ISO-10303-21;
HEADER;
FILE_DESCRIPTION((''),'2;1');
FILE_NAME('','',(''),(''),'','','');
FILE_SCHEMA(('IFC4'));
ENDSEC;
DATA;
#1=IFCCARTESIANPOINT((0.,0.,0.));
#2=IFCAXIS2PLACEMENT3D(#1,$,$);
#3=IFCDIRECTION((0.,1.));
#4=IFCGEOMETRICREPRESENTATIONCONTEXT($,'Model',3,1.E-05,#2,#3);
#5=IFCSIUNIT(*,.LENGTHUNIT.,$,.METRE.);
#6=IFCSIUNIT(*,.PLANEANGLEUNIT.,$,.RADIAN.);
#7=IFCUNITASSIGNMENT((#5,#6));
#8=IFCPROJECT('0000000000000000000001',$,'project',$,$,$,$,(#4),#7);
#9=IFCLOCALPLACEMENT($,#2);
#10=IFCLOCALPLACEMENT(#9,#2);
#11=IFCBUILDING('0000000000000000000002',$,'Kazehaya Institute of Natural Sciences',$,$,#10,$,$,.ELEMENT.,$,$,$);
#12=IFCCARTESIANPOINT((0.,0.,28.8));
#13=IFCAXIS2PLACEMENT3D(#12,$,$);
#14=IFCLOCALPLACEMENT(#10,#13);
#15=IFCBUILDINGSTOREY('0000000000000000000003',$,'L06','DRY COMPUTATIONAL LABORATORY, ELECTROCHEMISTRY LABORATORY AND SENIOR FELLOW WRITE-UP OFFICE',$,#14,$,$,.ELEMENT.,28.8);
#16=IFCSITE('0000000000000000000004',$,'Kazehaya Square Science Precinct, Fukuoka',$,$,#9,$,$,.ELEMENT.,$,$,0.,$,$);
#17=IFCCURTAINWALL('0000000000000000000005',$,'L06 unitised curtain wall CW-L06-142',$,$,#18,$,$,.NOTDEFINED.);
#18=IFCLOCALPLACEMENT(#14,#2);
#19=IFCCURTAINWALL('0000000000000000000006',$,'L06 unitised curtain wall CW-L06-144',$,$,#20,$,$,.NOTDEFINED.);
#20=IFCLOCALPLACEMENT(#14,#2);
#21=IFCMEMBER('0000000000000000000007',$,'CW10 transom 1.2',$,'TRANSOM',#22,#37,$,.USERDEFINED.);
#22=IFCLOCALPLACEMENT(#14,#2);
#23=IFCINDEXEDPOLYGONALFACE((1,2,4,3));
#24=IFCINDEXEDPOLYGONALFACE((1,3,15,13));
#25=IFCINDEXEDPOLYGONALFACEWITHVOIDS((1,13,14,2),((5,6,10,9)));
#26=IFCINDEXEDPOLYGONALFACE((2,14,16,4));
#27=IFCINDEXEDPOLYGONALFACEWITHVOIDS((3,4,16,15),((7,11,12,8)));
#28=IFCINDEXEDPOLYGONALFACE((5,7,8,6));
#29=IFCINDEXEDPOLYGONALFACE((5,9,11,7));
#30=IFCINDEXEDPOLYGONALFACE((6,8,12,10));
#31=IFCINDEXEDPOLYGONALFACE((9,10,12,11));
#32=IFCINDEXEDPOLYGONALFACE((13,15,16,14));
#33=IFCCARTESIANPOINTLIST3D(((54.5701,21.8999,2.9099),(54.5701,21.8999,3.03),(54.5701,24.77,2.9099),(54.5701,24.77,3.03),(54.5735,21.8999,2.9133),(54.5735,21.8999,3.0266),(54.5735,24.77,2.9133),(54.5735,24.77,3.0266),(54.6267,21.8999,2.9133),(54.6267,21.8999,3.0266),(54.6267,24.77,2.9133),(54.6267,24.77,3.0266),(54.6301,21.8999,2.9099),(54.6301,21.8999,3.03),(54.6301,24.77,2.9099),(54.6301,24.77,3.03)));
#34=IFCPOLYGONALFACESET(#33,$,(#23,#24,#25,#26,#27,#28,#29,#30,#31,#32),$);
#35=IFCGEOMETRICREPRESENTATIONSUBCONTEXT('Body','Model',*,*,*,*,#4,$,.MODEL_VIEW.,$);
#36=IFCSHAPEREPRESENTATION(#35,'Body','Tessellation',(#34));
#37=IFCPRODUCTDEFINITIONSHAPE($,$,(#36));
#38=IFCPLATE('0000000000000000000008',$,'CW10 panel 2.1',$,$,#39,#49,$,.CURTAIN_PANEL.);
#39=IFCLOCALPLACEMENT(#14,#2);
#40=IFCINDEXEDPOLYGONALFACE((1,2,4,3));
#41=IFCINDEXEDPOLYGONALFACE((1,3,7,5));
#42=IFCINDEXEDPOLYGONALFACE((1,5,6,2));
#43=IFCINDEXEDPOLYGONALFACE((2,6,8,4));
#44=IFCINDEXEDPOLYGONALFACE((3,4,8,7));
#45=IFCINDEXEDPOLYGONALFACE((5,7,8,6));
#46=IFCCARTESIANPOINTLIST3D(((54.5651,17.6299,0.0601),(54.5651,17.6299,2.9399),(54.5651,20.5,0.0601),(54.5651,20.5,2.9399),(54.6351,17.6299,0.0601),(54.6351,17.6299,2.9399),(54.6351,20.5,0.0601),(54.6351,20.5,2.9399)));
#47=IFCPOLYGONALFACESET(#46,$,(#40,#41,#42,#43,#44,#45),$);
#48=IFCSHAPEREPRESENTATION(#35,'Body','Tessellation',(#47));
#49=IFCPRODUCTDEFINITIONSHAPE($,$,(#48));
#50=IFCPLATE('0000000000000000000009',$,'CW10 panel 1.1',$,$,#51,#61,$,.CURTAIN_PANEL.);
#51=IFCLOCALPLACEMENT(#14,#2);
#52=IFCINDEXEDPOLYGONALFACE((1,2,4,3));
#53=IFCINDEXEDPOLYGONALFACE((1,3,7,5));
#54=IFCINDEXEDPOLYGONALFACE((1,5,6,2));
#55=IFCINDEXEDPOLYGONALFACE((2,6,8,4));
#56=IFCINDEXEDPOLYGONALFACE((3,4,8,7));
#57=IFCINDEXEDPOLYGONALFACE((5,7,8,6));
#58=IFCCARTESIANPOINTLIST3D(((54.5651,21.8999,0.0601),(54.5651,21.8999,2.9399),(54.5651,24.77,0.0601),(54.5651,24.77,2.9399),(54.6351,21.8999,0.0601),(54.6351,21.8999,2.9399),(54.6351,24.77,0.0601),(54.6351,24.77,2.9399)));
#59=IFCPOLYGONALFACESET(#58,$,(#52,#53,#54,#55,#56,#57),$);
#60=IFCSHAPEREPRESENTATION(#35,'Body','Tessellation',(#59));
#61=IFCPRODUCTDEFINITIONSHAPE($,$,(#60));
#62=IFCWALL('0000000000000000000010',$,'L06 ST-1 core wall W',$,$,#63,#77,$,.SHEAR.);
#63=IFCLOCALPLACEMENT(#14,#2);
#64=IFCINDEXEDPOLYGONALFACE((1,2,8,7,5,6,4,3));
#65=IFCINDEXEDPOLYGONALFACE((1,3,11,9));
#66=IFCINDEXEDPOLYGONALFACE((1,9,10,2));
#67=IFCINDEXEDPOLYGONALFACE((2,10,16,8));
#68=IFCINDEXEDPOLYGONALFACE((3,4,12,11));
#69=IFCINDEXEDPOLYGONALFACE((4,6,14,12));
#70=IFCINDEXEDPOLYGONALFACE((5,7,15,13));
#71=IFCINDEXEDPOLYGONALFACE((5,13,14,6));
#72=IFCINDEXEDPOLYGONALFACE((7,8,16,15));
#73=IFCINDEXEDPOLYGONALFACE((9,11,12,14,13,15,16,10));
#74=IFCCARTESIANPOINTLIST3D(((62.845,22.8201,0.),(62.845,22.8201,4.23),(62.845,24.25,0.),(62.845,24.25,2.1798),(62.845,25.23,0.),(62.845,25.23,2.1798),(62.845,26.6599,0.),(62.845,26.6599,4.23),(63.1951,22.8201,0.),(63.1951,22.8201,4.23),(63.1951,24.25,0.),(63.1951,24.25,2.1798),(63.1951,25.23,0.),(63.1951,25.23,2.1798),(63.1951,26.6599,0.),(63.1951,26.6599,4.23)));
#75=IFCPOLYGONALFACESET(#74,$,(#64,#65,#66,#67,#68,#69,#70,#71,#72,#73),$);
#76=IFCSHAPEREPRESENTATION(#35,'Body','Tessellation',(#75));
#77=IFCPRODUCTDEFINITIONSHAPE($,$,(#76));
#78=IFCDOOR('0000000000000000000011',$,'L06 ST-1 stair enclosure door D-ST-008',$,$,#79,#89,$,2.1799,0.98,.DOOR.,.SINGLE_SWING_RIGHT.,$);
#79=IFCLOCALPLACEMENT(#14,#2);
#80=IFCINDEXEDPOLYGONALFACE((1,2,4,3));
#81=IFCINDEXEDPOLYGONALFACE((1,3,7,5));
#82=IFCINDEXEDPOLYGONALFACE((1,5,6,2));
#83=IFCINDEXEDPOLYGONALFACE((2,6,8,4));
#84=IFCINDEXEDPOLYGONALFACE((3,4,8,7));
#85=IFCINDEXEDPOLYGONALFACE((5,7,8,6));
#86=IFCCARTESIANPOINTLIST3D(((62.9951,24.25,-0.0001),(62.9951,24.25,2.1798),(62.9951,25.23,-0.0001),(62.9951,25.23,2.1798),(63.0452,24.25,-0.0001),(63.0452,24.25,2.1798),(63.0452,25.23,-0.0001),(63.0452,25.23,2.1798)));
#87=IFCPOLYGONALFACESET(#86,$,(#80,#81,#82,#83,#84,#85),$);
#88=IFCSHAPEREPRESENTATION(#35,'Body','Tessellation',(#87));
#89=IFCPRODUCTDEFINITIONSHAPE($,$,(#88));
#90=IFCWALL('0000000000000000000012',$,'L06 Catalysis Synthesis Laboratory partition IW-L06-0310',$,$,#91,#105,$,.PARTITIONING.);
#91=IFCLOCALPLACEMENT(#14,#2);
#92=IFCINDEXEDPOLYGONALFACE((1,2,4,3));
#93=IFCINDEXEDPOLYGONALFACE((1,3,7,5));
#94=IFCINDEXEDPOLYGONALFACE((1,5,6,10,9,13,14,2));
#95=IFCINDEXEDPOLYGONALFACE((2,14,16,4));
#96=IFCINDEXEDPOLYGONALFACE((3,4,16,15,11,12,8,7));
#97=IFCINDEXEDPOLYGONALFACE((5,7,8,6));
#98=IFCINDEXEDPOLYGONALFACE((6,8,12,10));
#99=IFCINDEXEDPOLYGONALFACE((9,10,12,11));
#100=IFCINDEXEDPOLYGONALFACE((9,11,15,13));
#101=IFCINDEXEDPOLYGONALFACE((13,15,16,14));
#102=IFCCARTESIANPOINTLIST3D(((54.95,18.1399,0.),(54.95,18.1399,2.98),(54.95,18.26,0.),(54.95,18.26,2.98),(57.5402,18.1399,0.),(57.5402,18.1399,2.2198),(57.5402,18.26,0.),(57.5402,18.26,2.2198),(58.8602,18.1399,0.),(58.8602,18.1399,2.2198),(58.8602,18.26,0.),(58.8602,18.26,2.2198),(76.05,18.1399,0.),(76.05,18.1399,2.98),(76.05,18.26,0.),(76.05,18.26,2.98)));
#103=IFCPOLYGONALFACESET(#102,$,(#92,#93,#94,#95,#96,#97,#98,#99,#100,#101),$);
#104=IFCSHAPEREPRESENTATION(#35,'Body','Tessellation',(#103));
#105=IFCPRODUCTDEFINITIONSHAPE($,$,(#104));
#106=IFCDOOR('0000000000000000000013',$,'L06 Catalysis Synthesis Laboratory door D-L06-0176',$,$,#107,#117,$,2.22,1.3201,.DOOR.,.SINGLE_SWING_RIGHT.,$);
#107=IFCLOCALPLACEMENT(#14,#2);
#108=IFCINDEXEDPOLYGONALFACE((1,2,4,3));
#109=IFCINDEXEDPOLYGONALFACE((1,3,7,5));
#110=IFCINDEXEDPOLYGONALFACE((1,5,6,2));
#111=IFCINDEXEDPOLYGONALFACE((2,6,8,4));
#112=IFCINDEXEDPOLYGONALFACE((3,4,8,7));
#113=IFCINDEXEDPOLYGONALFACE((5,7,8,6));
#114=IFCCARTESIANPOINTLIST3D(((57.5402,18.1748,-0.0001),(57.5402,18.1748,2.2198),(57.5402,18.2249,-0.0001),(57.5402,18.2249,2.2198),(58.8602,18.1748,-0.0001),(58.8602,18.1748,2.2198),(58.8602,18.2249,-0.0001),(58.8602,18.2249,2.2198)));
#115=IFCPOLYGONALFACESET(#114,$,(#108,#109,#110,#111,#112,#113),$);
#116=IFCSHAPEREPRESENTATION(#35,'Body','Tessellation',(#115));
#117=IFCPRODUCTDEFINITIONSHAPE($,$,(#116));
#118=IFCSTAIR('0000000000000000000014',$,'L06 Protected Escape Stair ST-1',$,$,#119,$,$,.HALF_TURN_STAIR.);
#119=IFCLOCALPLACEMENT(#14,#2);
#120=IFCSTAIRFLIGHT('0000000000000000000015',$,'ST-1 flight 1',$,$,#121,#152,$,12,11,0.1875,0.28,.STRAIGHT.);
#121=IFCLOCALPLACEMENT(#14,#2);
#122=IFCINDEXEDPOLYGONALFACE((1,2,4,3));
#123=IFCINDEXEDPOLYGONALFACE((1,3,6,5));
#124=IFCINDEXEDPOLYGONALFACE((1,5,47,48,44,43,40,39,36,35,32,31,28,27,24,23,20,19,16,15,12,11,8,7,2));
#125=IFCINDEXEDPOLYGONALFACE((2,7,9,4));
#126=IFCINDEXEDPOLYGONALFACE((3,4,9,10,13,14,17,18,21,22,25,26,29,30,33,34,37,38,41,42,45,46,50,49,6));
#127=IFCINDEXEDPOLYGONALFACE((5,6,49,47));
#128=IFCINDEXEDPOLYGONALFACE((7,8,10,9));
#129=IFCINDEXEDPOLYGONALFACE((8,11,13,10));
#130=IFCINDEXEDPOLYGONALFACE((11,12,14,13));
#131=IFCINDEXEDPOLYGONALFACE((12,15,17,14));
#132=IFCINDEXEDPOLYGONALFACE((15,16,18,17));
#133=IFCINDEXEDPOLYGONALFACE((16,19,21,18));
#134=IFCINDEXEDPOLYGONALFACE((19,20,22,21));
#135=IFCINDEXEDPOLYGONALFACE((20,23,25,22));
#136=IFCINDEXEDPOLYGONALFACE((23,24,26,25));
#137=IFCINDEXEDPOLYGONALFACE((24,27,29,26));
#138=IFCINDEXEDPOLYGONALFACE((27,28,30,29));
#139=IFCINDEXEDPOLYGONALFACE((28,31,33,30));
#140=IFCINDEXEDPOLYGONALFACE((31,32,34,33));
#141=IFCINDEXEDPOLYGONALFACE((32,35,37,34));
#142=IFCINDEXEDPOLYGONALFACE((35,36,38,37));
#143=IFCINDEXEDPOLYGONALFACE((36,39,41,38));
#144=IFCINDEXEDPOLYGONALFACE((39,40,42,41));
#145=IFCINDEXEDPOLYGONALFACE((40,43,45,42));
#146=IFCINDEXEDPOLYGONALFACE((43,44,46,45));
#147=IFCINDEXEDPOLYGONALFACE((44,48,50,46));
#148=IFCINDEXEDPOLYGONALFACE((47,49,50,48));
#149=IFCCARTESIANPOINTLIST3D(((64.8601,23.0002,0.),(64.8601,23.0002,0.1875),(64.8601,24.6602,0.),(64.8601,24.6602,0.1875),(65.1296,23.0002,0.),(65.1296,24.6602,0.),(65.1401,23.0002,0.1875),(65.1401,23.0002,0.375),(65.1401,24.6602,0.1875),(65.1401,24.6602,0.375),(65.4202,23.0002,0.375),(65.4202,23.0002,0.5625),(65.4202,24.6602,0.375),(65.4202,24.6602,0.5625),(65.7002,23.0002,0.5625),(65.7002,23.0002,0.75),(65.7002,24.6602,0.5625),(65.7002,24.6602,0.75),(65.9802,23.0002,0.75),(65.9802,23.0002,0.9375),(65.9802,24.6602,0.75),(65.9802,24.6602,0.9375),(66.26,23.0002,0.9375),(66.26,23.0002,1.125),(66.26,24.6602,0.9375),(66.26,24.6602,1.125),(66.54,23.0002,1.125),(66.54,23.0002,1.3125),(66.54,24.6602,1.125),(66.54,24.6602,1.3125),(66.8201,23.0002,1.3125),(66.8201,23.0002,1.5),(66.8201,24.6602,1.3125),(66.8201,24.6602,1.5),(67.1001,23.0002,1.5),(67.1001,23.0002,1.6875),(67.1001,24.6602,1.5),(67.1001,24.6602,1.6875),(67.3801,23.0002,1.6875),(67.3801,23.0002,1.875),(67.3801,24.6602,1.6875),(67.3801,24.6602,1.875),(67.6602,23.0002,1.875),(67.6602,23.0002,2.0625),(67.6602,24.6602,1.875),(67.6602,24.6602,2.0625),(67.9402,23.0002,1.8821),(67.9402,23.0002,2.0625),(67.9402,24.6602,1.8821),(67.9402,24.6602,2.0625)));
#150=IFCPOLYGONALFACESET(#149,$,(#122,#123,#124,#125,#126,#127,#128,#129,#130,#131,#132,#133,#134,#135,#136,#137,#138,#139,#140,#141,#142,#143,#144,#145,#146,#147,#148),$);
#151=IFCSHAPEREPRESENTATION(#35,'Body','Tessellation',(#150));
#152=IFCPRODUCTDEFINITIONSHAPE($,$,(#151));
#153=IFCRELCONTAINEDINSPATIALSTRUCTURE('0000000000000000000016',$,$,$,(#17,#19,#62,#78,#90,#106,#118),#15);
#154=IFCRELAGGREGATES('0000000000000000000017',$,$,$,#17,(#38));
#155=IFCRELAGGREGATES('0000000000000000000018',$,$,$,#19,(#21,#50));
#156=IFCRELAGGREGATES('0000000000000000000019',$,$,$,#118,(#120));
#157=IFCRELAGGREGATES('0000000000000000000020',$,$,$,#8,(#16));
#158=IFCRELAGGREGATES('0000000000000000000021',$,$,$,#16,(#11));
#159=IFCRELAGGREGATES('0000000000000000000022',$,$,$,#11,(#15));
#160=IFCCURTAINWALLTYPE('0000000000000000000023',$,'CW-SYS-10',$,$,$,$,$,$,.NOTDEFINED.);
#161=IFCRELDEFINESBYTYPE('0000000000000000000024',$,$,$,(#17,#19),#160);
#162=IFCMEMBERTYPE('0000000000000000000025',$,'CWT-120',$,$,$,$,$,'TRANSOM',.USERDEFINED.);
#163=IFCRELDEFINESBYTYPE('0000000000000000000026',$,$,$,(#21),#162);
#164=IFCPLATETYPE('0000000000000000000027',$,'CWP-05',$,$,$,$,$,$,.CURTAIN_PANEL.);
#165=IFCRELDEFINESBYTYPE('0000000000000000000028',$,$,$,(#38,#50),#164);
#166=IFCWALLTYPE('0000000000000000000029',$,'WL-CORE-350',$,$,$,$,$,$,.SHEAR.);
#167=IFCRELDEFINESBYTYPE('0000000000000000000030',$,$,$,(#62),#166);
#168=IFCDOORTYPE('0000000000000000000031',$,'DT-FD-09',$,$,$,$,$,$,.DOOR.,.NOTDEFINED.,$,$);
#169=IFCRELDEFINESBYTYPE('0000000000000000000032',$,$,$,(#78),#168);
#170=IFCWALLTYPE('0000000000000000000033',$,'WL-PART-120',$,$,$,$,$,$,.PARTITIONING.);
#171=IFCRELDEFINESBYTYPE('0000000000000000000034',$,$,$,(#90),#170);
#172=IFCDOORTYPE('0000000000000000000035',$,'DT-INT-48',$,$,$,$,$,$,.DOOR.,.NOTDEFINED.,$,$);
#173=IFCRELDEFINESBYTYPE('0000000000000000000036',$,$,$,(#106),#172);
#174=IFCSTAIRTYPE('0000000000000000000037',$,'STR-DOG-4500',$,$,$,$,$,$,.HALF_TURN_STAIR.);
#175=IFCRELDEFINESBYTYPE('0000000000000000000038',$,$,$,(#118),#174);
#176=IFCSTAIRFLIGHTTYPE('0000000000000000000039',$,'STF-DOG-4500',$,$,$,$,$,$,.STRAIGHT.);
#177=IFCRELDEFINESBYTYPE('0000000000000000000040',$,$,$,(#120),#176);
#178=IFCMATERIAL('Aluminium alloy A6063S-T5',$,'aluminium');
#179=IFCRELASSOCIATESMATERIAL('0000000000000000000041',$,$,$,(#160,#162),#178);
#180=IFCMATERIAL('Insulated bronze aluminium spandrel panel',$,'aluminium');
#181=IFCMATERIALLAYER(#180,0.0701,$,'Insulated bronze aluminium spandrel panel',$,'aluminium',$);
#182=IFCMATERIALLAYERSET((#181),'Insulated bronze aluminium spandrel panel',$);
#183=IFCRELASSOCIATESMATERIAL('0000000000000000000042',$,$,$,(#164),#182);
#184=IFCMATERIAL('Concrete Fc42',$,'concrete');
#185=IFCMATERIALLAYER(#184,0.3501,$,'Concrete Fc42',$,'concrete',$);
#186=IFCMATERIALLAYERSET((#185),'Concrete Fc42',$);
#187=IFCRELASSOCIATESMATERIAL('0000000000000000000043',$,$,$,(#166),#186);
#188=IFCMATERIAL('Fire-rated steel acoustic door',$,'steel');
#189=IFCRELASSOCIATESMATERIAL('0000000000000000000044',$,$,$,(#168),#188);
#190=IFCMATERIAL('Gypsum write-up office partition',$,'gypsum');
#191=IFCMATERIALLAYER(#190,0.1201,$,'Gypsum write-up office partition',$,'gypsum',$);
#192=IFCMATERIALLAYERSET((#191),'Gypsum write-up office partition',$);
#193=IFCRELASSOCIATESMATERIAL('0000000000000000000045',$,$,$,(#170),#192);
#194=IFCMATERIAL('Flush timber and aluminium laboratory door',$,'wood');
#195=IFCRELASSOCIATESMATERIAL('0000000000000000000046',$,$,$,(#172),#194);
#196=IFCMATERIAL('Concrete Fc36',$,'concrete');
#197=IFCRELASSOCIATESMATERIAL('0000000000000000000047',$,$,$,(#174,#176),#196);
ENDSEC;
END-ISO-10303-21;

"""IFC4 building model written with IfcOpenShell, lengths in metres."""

from ifc_helpers import new_model, si_unit, direction, frame, frame_2d, origin, origin_2d, place, context, subcontext, project, spatial, polyline, rectangle, hollow_rectangle, outline, extrude, material, layer, layer_set, material_profile, profile_set, type_object, element, fill, aggregate, save


model = new_model("IFC4")

# Units and contexts
model_context = context("Model", 3, precision=1e-05, world=origin(), true_north=direction((0.0, 1.0)))
body_context = subcontext(model_context, "Body", "Model", "MODEL_VIEW")
ifc_project = project(units=[si_unit("LENGTHUNIT", "METRE"), si_unit("PLANEANGLEUNIT", "RADIAN")], contexts=[model_context])

# Site, building, storey
site_placement = place(None, origin())
site = spatial("IfcSite", under=ifc_project, at=site_placement, Name="Kazehaya Square Science Precinct, Fukuoka", CompositionType="ELEMENT", RefElevation=0.0)
building_placement = place(site_placement, origin())
building = spatial("IfcBuilding", under=site, at=building_placement, Name="Kazehaya Institute of Natural Sciences", CompositionType="ELEMENT")
storey_placement = place(building_placement, frame((0.0, 0.0, 28.8)))
storey = spatial("IfcBuildingStorey", under=building, at=storey_placement, Name="L06", Description="DRY COMPUTATIONAL LABORATORY, ELECTROCHEMISTRY LABORATORY AND SENIOR FELLOW WRITE-UP OFFICE", CompositionType="ELEMENT", Elevation=28.8)

# Shared definitions
ifc_material_1 = material(Name="Concrete Fc36", Category="concrete")

# Curtain wall
ifc_material_2 = material(Name="Aluminium alloy A6063S-T5", Category="aluminium")
curtain_wall_type = type_object("IfcCurtainWallType", Name="CW-SYS-10", PredefinedType="NOTDEFINED", material=ifc_material_2)
curtain_wall_1_placement = place(storey_placement, origin())
curtain_wall_1 = element("IfcCurtainWall", 1, at=curtain_wall_1_placement, inside=storey, type_object=curtain_wall_type, Name="L06 unitised curtain wall CW-L06-142", PredefinedType="NOTDEFINED")

# Curtain wall, member
curtain_wall_2_placement = place(storey_placement, origin())
curtain_wall_2 = element("IfcCurtainWall", 2, at=curtain_wall_2_placement, inside=storey, type_object=curtain_wall_type, Name="L06 unitised curtain wall CW-L06-144", PredefinedType="NOTDEFINED")
ifc_material_profile_1 = material_profile(ifc_material_2, hollow_rectangle(XDim=0.0601, YDim=0.1201, WallThickness=0.0034, at=origin_2d()), Name="ALU-60x120x3.5")
ifc_profile_set_1 = profile_set([ifc_material_profile_1], Name="Aluminium alloy A6063S-T5")
member_type_1 = type_object("IfcMemberType", Name="CWT-120", ElementType="TRANSOM", PredefinedType="USERDEFINED", material=ifc_profile_set_1)
member_1_placement = place(storey_placement, frame((54.6001, 21.8999, 2.97), z_axis=(0.0, 1.0, 0.0), x_axis=(-1.0, 0.0, 0.0)))
member_1 = element("IfcMember", 3, at=member_1_placement, type_object=member_type_1, Name="CW10 transom 1.2", ObjectType="TRANSOM", PredefinedType="USERDEFINED", context=body_context, shape_type="SweptSolid", body=[
    extrude(hollow_rectangle(XDim=0.0601, YDim=0.1201, WallThickness=0.0034, at=origin_2d()), origin(), (0.0, 0.0, 1.0), 2.8701),
])

# Plates
ifc_material_3 = material(Name="Insulated bronze aluminium spandrel panel", Category="aluminium")
ifc_layer_1 = layer(ifc_material_3, 0.0701, Name="Insulated bronze aluminium spandrel panel", Category="aluminium")
ifc_layer_set_1 = layer_set([ifc_layer_1], Name="Insulated bronze aluminium spandrel panel")
plate_type = type_object("IfcPlateType", Name="CWP-05", PredefinedType="CURTAIN_PANEL", material=ifc_layer_set_1)
plate_1_placement = place(storey_placement, frame((54.6001, 19.0649, 0.0601), z_axis=(0.0, 0.0, 1.0), x_axis=(0.0, 1.0, 0.0)))
plate_1 = element("IfcPlate", 4, at=plate_1_placement, type_object=plate_type, Name="CW10 panel 2.1", PredefinedType="CURTAIN_PANEL", context=body_context, shape_type="SweptSolid", body=[
    extrude(rectangle(XDim=2.8701, YDim=0.0701, at=origin_2d()), origin(), (0.0, 0.0, 1.0), 2.8799),
])
aggregate(curtain_wall_1, [plate_1])
plate_2_placement = place(storey_placement, frame((54.6001, 23.335, 0.0601), z_axis=(0.0, 0.0, 1.0), x_axis=(0.0, 1.0, 0.0)))
plate_2 = element("IfcPlate", 5, at=plate_2_placement, type_object=plate_type, Name="CW10 panel 1.1", PredefinedType="CURTAIN_PANEL", context=body_context, shape_type="SweptSolid", body=[
    extrude(rectangle(XDim=2.8701, YDim=0.0701, at=origin_2d()), origin(), (0.0, 0.0, 1.0), 2.8799),
])
aggregate(curtain_wall_2, [member_1, plate_2])

# Walls, openings, doors
ifc_material_4 = material(Name="Concrete Fc42", Category="concrete")
ifc_layer_2 = layer(ifc_material_4, 0.3501, Name="Concrete Fc42", Category="concrete")
ifc_layer_set_2 = layer_set([ifc_layer_2], Name="Concrete Fc42")
wall_type_1 = type_object("IfcWallType", Name="WL-CORE-350", PredefinedType="SHEAR", material=ifc_layer_set_2)
wall_1_placement = place(storey_placement, frame((63.02, 22.8201, 0.0), z_axis=(0.0, 0.0, 1.0), x_axis=(0.0, 1.0, 0.0)))
wall_1 = element("IfcWall", 6, at=wall_1_placement, inside=storey, type_object=wall_type_1, Name="L06 ST-1 core wall W", PredefinedType="SHEAR", context=body_context, shape_type="SweptSolid", body=[
    extrude(rectangle(XDim=3.8398, YDim=0.3501, at=frame_2d((1.9199, 0.0))), origin(), (0.0, 0.0, 1.0), 4.23),
])
opening_1_placement = place(wall_1_placement, frame((1.4299, 0.0, 0.0)))
opening_1 = element("IfcOpeningElement", 7, at=opening_1_placement, cuts=wall_1, PredefinedType="OPENING", context=body_context, shape_type="SweptSolid", body=[
    extrude(rectangle(XDim=0.98, YDim=2.1799, at=frame_2d((0.49, 1.0898))), frame((0.0, 0.1851, 0.0), z_axis=(0.0, -1.0, 0.0), x_axis=(1.0, 0.0, 0.0)), (0.0, 0.0, 1.0), 0.3701),
])
ifc_material_5 = material(Name="Fire-rated steel acoustic door", Category="steel")
door_type_1 = type_object("IfcDoorType", Name="DT-FD-09", OperationType="NOTDEFINED", PredefinedType="DOOR", material=ifc_material_5)
door_1_placement = place(opening_1_placement, origin())
door_1 = element("IfcDoor", 8, at=door_1_placement, inside=storey, type_object=door_type_1, Name="L06 ST-1 stair enclosure door D-ST-008", OperationType="SINGLE_SWING_RIGHT", OverallHeight=2.1799, OverallWidth=0.98, PredefinedType="DOOR", context=body_context, shape_type="SweptSolid", body=[
    extrude(rectangle(XDim=0.98, YDim=2.1799, at=frame_2d((0.49, 1.0898))), frame((0.0, 0.0249, 0.0), z_axis=(0.0, -1.0, 0.0), x_axis=(1.0, 0.0, 0.0)), (0.0, 0.0, 1.0), 0.05),
])
fill(opening_1, door_1)
ifc_material_6 = material(Name="Gypsum write-up office partition", Category="gypsum")
ifc_layer_3 = layer(ifc_material_6, 0.1201, Name="Gypsum write-up office partition", Category="gypsum")
ifc_layer_set_3 = layer_set([ifc_layer_3], Name="Gypsum write-up office partition")
wall_type_2 = type_object("IfcWallType", Name="WL-PART-120", PredefinedType="PARTITIONING", material=ifc_layer_set_3)
wall_2_placement = place(storey_placement, frame((54.95, 18.2, 0.0), z_axis=(0.0, 0.0, 1.0), x_axis=(1.0, 0.0, 0.0)))
wall_2 = element("IfcWall", 9, at=wall_2_placement, inside=storey, type_object=wall_type_2, Name="L06 Catalysis Synthesis Laboratory partition IW-L06-0310", PredefinedType="PARTITIONING", context=body_context, shape_type="SweptSolid", body=[
    extrude(rectangle(XDim=21.1001, YDim=0.1201, at=frame_2d((10.55, 0.0))), origin(), (0.0, 0.0, 1.0), 2.98),
])
opening_2_placement = place(wall_2_placement, frame((2.5901, 0.0, 0.0)))
opening_2 = element("IfcOpeningElement", 10, at=opening_2_placement, cuts=wall_2, PredefinedType="OPENING", context=body_context, shape_type="SweptSolid", body=[
    extrude(rectangle(XDim=1.3201, YDim=2.22, at=frame_2d((0.6602, 1.1099))), frame((0.0, 0.0701, 0.0), z_axis=(0.0, -1.0, 0.0), x_axis=(1.0, 0.0, 0.0)), (0.0, 0.0, 1.0), 0.1401),
])
ifc_material_7 = material(Name="Flush timber and aluminium laboratory door", Category="wood")
door_type_2 = type_object("IfcDoorType", Name="DT-INT-48", OperationType="NOTDEFINED", PredefinedType="DOOR", material=ifc_material_7)
door_2_placement = place(opening_2_placement, origin())
door_2 = element("IfcDoor", 11, at=door_2_placement, inside=storey, type_object=door_type_2, Name="L06 Catalysis Synthesis Laboratory door D-L06-0176", OperationType="SINGLE_SWING_RIGHT", OverallHeight=2.22, OverallWidth=1.3201, PredefinedType="DOOR", context=body_context, shape_type="SweptSolid", body=[
    extrude(rectangle(XDim=1.3201, YDim=2.22, at=frame_2d((0.6602, 1.1099))), frame((0.0, 0.0249, 0.0), z_axis=(0.0, -1.0, 0.0), x_axis=(1.0, 0.0, 0.0)), (0.0, 0.0, 1.0), 0.05),
])
fill(opening_2, door_2)

# Stair, stair flight
stair_type = type_object("IfcStairType", Name="STR-DOG-4500", PredefinedType="HALF_TURN_STAIR", material=ifc_material_1)
stair_placement = place(storey_placement, origin())
stair = element("IfcStair", 12, at=stair_placement, inside=storey, type_object=stair_type, Name="L06 Protected Escape Stair ST-1", PredefinedType="HALF_TURN_STAIR")
stair_flight_type = type_object("IfcStairFlightType", Name="STF-DOG-4500", PredefinedType="STRAIGHT", material=ifc_material_1)
stair_flight_placement = place(storey_placement, frame((64.8601, 23.8301, 0.0), z_axis=(0.0, 0.0, 1.0), x_axis=(1.0, 0.0, 0.0)))
stair_flight = element("IfcStairFlight", 13, at=stair_flight_placement, type_object=stair_flight_type, Name="ST-1 flight 1", NumberOfRisers=12, NumberOfTreads=11, PredefinedType="STRAIGHT", RiserHeight=0.1875, TreadLength=0.28, context=body_context, shape_type="SweptSolid", body=[
    extrude(outline(polyline([(0.0, 0.0), (0.0, 0.1875), (0.28, 0.1875), (0.28, 0.375), (0.5601, 0.375), (0.5601, 0.5625), (0.8401, 0.5625), (0.8401, 0.75), (1.1201, 0.75), (1.1201, 0.9375), (1.3999, 0.9375), (1.3999, 1.125), (1.6799, 1.125), (1.6799, 1.3125), (1.96, 1.3125), (1.96, 1.5), (2.24, 1.5), (2.24, 1.6875), (2.52, 1.6875), (2.52, 1.875), (2.8, 1.875), (2.8, 2.0625), (3.0801, 2.0625), (3.0801, 2.25), (3.0801, 1.8821), (0.2695, 0.0), (0.0, 0.0)])), frame((0.0, 0.8301, 0.0), z_axis=(0.0, -1.0, 0.0), x_axis=(1.0, 0.0, 0.0)), (0.0, 0.0, 1.0), 1.6599),
])
aggregate(stair, [stair_flight])

save(model, "model.ifc")
